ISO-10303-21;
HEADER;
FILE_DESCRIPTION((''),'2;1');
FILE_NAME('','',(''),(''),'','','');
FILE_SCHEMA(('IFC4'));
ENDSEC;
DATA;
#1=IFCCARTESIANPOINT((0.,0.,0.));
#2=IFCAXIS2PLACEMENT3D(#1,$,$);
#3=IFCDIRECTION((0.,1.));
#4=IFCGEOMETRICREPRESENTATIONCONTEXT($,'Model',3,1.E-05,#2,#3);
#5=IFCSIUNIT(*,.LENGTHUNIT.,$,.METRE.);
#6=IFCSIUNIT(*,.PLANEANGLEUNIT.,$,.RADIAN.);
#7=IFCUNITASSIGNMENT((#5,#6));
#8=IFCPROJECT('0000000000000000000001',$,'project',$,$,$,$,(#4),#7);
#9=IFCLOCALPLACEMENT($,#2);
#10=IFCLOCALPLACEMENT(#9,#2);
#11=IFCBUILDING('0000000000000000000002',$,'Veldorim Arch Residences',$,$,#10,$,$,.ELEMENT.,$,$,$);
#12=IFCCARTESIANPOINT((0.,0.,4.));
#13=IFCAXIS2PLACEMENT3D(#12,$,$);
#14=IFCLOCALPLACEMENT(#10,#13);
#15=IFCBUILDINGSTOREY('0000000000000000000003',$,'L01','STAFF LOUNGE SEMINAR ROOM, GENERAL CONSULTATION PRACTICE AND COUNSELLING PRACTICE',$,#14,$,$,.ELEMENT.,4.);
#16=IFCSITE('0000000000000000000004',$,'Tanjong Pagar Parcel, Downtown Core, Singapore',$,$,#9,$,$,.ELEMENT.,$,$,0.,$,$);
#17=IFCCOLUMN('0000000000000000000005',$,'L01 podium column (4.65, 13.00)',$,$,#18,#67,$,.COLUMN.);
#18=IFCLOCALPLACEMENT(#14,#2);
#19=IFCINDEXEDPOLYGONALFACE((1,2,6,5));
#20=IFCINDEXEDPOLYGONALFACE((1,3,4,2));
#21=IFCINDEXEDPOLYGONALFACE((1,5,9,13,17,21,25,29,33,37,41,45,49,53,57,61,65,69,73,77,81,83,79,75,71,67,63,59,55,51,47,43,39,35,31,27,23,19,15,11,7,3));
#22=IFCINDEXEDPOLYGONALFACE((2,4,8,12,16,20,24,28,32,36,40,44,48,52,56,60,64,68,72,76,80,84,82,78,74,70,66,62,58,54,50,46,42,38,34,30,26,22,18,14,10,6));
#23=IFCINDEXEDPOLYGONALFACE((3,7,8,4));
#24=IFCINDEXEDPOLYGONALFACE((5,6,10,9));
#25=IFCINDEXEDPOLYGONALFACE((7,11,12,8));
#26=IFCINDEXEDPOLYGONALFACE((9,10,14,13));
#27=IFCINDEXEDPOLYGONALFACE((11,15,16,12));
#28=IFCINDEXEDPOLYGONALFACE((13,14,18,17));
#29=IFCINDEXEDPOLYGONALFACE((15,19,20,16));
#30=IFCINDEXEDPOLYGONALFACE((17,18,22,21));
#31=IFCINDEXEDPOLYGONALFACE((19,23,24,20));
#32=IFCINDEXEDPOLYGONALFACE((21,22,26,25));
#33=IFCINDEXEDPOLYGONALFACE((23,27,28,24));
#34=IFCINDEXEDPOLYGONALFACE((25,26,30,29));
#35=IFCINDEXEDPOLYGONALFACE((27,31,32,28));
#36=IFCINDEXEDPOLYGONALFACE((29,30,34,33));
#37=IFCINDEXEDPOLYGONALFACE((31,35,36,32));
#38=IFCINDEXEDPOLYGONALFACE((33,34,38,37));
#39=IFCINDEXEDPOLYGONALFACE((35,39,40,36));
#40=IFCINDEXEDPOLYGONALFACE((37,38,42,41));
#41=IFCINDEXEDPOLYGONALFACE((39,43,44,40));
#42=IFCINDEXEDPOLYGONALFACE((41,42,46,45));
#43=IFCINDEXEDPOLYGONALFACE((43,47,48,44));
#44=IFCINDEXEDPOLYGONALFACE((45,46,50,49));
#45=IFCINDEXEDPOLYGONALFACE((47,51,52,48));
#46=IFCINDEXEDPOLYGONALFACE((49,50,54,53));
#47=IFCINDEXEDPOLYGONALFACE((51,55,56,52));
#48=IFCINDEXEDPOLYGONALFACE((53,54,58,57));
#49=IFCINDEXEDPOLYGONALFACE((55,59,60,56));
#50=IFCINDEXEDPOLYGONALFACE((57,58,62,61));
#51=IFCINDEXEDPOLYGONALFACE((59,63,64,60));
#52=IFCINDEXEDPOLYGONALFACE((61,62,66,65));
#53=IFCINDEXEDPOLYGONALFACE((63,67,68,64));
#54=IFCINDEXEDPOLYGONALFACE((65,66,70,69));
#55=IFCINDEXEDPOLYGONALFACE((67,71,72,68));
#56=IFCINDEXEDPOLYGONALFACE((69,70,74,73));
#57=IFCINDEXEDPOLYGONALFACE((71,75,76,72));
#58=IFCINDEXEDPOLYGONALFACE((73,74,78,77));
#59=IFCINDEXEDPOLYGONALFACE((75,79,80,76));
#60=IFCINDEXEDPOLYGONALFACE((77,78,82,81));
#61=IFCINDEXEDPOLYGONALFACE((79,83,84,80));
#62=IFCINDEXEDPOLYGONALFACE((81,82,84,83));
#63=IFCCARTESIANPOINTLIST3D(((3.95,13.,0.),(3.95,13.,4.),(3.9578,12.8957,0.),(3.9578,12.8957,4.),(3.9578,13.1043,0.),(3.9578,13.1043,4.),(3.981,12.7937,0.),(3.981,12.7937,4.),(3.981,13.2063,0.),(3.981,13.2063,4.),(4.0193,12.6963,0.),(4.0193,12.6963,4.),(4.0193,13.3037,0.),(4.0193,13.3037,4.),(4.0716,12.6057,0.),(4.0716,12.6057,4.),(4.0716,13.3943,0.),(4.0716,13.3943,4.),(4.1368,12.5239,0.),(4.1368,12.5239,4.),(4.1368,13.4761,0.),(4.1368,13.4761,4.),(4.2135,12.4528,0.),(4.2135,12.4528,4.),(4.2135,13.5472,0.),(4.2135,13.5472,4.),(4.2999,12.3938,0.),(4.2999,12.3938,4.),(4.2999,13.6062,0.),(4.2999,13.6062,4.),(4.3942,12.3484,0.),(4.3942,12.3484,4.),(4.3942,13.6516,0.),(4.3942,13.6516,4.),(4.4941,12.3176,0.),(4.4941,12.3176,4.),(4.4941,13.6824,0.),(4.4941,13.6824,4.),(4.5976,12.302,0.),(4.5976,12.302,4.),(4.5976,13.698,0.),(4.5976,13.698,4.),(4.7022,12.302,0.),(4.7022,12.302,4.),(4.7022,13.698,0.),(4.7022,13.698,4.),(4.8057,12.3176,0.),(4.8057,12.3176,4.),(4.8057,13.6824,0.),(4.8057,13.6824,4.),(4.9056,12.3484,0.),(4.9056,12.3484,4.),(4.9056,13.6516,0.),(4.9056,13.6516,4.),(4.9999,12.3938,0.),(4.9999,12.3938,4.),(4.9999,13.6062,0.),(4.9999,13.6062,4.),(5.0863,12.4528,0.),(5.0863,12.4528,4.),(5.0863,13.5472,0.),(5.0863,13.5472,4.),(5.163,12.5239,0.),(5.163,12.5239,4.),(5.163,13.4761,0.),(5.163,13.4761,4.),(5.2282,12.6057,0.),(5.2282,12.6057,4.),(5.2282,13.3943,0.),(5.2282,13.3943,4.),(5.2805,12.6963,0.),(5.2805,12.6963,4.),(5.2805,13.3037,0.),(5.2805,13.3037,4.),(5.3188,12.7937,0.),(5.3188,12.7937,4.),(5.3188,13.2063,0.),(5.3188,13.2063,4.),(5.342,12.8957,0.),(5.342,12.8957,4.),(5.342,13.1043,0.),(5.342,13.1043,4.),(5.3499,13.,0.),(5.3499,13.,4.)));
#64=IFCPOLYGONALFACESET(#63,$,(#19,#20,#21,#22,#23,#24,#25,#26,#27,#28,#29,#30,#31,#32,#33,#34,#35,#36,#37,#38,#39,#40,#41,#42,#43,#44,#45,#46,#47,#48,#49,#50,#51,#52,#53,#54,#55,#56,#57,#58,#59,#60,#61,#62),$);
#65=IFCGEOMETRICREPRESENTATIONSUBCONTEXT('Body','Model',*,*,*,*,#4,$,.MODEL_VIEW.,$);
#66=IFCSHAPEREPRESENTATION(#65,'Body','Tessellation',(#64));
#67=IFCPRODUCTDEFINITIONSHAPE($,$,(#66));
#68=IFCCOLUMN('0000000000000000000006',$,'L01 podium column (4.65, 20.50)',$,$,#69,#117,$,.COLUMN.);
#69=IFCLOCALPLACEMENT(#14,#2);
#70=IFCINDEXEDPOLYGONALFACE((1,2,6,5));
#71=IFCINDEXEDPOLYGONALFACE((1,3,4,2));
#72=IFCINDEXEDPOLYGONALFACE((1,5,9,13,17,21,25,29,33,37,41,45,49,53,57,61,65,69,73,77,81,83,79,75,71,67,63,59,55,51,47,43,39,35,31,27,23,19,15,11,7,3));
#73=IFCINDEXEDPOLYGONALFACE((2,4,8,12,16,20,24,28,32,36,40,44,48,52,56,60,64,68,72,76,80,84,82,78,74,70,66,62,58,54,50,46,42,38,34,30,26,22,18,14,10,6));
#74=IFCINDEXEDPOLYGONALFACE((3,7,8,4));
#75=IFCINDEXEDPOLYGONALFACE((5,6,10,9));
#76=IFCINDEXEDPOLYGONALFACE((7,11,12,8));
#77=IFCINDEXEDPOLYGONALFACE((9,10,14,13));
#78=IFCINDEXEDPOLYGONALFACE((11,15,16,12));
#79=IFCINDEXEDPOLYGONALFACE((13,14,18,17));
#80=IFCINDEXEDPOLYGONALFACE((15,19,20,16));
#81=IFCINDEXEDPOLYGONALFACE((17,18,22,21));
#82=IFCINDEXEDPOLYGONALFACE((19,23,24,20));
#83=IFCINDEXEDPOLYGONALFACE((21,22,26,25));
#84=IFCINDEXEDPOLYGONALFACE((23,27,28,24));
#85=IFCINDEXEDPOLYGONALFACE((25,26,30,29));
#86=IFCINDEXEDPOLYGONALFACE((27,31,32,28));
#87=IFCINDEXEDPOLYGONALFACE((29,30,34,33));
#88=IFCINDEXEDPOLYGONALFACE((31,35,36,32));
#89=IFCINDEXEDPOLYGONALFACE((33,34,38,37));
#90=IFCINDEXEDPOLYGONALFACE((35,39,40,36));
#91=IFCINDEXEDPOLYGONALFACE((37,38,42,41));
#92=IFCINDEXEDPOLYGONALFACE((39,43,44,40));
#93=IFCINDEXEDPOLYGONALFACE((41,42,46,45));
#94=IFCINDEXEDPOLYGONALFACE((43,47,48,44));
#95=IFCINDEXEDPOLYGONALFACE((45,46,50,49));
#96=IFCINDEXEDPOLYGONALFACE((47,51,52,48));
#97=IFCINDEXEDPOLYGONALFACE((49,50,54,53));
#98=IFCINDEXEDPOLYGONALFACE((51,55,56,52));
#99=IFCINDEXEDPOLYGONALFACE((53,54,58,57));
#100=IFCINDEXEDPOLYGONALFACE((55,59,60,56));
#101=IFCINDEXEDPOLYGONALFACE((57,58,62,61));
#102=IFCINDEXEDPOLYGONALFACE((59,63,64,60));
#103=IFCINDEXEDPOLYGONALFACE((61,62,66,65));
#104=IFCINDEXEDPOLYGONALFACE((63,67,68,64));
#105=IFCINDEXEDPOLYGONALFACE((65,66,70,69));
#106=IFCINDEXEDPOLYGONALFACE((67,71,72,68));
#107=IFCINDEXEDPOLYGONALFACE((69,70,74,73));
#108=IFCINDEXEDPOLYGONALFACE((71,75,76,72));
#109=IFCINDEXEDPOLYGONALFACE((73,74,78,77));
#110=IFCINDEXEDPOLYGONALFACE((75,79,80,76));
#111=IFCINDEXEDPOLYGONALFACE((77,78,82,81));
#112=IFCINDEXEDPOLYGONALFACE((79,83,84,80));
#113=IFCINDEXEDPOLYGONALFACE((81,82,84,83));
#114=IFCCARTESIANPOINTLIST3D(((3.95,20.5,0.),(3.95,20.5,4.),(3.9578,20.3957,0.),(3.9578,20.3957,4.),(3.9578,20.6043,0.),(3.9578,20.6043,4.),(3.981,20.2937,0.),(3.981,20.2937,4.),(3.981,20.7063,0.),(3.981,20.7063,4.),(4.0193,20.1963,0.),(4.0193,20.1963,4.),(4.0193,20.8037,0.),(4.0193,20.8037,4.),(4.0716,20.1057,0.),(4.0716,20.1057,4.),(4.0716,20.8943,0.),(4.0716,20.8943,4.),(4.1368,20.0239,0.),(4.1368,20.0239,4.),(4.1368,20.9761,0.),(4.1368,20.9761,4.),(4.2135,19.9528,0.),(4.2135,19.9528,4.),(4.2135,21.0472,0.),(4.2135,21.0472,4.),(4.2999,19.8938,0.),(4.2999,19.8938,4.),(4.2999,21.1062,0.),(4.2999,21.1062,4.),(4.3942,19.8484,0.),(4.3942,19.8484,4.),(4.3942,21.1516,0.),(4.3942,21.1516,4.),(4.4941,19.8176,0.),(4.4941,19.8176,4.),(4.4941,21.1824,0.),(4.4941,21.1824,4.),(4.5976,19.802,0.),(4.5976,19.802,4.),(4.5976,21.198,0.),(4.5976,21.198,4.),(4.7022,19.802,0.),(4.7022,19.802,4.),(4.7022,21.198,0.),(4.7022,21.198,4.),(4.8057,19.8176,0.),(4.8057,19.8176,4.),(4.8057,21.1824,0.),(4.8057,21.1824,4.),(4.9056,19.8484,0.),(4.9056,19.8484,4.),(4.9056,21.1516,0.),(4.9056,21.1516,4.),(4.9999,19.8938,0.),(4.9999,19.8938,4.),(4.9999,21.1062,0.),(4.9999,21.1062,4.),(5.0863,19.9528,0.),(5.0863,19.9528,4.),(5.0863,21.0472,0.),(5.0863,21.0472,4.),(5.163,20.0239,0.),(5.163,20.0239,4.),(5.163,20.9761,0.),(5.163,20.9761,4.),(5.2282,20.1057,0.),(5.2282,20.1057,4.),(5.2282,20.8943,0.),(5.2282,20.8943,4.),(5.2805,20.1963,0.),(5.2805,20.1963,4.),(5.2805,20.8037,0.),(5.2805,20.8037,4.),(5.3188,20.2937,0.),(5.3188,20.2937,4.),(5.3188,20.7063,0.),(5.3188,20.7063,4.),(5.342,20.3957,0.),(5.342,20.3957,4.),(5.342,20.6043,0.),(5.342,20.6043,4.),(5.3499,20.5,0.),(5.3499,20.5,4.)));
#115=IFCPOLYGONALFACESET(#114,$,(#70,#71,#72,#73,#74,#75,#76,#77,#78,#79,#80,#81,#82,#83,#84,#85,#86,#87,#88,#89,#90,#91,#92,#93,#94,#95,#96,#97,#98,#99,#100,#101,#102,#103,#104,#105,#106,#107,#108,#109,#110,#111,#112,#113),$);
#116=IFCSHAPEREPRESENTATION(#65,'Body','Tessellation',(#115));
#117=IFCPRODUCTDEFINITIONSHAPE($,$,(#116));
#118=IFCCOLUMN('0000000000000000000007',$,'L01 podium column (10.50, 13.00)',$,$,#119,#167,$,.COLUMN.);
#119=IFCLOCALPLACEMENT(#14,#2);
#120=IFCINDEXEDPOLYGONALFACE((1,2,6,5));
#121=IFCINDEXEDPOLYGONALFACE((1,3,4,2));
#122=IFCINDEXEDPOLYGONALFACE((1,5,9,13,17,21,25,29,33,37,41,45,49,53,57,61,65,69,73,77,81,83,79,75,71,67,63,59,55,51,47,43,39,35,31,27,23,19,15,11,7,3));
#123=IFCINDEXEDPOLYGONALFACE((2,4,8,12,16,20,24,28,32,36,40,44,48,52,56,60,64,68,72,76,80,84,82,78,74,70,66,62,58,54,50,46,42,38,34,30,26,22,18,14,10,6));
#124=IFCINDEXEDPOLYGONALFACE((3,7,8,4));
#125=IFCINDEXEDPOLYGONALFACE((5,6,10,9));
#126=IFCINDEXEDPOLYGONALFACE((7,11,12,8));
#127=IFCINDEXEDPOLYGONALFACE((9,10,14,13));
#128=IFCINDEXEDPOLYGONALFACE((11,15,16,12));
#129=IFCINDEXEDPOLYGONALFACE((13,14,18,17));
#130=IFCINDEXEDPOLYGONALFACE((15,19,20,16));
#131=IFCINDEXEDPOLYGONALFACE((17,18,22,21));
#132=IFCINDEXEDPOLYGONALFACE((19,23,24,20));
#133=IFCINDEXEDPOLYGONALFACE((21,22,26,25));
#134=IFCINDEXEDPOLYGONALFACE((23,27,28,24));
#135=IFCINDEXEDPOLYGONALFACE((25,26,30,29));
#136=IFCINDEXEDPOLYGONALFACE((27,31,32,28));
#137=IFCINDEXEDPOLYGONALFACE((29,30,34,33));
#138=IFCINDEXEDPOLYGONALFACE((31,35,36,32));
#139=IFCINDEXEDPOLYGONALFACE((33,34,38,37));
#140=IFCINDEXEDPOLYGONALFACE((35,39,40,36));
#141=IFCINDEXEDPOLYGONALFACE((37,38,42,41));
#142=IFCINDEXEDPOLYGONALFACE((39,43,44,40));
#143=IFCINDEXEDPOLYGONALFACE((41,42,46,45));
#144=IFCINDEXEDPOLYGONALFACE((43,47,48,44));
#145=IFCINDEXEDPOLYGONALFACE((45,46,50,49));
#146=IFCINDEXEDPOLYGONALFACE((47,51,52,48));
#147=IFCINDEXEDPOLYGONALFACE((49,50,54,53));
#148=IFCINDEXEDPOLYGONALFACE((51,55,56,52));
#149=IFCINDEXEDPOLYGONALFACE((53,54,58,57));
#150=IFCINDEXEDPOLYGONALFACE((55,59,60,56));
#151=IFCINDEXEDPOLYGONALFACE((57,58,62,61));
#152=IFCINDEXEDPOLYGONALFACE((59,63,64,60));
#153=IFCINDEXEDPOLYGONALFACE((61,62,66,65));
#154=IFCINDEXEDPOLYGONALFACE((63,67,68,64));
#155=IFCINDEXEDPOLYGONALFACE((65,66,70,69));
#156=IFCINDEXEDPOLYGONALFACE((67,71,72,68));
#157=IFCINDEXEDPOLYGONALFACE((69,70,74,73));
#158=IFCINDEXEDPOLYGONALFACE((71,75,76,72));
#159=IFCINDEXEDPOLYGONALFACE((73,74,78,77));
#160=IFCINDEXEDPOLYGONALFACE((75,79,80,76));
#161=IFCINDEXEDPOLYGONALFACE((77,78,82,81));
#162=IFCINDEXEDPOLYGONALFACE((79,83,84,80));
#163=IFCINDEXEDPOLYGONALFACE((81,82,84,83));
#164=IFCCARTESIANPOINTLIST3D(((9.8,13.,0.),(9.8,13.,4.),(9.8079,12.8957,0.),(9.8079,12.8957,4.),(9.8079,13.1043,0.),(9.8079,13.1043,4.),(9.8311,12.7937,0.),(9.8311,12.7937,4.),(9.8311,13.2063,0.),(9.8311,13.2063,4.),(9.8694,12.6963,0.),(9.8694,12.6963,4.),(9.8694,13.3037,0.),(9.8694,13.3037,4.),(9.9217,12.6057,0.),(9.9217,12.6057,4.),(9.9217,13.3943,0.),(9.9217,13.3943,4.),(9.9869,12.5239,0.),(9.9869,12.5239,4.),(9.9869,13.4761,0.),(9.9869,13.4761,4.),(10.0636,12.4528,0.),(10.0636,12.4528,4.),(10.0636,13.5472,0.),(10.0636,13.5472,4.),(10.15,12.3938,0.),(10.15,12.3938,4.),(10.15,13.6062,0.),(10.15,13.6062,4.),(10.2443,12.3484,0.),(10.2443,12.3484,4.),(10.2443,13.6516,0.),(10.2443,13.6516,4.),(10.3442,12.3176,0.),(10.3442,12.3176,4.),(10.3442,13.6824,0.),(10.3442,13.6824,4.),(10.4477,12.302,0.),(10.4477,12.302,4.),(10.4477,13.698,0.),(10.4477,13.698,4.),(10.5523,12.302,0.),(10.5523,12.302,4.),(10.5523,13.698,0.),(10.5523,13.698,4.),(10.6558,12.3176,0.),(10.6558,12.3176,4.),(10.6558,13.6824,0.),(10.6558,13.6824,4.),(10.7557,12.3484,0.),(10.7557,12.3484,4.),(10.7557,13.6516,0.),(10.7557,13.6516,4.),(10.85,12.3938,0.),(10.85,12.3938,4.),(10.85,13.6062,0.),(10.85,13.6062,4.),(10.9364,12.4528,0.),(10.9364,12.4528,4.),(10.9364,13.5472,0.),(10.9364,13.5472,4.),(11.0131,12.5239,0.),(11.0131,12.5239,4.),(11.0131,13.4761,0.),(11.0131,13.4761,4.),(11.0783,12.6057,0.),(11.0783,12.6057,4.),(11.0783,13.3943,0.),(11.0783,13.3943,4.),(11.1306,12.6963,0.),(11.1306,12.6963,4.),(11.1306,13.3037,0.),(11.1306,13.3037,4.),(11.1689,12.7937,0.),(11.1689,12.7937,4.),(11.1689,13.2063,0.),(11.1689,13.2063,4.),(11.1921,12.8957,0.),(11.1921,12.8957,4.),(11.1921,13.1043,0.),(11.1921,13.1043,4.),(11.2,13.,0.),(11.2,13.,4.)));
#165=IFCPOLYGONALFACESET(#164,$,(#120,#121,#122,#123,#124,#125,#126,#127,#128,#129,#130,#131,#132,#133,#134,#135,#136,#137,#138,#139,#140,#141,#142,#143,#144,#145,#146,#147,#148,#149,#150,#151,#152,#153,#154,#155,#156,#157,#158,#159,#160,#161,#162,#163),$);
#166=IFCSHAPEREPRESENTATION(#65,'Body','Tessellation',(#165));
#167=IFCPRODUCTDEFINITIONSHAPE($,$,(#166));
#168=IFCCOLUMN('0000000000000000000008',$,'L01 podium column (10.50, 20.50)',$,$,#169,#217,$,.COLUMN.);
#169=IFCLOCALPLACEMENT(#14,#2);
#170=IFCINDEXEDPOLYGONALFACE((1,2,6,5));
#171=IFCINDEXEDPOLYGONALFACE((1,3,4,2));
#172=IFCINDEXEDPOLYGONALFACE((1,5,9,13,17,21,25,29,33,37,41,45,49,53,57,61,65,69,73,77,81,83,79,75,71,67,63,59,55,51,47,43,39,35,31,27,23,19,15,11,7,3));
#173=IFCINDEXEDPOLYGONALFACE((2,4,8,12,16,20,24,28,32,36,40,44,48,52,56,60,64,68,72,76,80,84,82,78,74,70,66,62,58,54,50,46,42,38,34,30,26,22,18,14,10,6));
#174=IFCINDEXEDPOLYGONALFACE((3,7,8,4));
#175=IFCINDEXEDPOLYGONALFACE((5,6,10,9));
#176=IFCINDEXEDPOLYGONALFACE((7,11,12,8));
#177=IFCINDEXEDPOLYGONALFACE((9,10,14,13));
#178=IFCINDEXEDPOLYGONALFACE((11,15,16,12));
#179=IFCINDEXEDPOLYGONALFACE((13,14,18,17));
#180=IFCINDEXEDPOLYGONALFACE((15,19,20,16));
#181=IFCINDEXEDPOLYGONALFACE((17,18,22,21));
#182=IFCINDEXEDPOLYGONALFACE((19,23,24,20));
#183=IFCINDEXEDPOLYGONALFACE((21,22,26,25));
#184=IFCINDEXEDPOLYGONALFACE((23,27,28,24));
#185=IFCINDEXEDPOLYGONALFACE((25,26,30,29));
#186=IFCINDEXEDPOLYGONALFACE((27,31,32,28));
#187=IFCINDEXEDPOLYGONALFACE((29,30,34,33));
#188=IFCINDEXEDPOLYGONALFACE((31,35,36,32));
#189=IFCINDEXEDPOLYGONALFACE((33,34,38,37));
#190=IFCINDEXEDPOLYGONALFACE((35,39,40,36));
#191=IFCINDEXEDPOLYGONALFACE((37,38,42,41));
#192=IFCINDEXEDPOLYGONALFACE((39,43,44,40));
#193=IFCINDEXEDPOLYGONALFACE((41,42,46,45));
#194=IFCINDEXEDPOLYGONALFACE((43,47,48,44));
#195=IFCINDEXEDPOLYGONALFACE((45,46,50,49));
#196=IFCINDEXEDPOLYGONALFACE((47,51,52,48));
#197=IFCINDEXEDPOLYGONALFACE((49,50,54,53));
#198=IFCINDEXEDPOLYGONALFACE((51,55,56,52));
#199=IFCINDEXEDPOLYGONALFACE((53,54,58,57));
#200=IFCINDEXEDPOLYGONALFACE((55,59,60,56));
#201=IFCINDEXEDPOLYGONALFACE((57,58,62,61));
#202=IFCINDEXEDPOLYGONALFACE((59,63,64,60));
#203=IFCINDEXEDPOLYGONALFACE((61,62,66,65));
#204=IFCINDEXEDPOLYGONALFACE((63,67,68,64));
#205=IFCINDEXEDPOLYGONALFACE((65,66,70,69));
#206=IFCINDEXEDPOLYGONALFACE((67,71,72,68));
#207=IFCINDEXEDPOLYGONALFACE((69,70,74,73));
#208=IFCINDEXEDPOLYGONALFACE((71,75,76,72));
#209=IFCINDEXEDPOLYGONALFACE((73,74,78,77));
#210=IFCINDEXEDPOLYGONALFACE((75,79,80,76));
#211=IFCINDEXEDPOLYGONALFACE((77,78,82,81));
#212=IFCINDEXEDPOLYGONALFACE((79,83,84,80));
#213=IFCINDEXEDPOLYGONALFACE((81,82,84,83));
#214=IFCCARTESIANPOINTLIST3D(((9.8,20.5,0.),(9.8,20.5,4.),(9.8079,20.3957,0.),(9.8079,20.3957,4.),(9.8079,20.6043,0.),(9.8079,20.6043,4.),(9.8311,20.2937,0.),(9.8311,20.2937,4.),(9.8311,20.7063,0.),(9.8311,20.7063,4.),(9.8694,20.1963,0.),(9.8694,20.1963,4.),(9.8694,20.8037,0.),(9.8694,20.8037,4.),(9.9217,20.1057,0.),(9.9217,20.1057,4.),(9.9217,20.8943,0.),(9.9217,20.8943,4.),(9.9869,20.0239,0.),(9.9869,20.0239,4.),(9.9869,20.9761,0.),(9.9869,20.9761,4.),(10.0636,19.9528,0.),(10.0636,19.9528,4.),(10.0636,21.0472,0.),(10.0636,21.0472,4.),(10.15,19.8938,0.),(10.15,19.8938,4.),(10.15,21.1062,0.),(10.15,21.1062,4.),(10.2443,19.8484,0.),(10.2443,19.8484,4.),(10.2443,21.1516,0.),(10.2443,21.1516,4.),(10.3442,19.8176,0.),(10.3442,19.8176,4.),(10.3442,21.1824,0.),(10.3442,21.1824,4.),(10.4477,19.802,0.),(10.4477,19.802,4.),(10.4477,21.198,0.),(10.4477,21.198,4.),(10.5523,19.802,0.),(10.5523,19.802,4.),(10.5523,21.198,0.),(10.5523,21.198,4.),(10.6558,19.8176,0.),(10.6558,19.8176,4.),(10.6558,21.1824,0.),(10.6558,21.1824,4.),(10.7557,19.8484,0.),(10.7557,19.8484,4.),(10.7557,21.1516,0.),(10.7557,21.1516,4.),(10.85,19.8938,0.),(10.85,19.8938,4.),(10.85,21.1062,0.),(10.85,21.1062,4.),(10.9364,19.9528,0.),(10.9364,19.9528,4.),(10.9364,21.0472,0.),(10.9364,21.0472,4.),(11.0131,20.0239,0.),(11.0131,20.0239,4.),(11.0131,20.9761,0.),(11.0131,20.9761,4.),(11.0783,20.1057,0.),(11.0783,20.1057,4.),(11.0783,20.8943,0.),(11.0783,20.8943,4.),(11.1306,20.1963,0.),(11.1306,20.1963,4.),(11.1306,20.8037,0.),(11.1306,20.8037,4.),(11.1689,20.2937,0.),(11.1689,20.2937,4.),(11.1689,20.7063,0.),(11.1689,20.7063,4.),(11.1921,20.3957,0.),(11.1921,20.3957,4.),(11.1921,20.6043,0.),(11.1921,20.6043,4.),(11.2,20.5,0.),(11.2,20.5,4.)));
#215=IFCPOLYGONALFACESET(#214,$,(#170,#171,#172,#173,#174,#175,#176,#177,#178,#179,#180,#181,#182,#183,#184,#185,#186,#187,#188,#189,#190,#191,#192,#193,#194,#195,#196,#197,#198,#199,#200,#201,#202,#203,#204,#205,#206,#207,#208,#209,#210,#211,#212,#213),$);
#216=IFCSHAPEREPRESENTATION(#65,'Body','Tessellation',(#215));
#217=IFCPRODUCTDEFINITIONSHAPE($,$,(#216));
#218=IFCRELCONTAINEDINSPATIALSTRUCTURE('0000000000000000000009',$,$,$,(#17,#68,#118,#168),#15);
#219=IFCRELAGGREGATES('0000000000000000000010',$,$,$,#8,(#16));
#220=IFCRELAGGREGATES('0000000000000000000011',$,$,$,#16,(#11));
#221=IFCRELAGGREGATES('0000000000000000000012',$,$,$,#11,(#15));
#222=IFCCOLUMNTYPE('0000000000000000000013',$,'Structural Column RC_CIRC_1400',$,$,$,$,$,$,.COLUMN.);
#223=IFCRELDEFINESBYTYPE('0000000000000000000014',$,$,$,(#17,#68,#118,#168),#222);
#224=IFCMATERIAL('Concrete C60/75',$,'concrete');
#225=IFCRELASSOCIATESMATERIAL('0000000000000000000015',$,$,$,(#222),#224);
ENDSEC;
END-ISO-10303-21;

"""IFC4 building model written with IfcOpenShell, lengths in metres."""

from ifc_helpers import new_model, si_unit, direction, frame, origin, origin_2d, place, context, subcontext, project, spatial, circle, extrude, material, material_profile, profile_set, type_object, element, save


model = new_model("IFC4")

# Units and contexts
model_context = context("Model", 3, precision=1e-05, world=origin(), true_north=direction((0.0, 1.0)))
body_context = subcontext(model_context, "Body", "Model", "MODEL_VIEW")
ifc_project = project(units=[si_unit("LENGTHUNIT", "METRE"), si_unit("PLANEANGLEUNIT", "RADIAN")], contexts=[model_context])

# Site, building, storey
site_placement = place(None, origin())
site = spatial("IfcSite", under=ifc_project, at=site_placement, Name="Tanjong Pagar Parcel, Downtown Core, Singapore", CompositionType="ELEMENT", RefElevation=0.0)
building_placement = place(site_placement, origin())
building = spatial("IfcBuilding", under=site, at=building_placement, Name="Veldorim Arch Residences", CompositionType="ELEMENT")
storey_placement = place(building_placement, frame((0.0, 0.0, 4.0)))
storey = spatial("IfcBuildingStorey", under=building, at=storey_placement, Name="L01", Description="STAFF LOUNGE SEMINAR ROOM, GENERAL CONSULTATION PRACTICE AND COUNSELLING PRACTICE", CompositionType="ELEMENT", Elevation=4.0)

# Columns
ifc_material_1 = material(Name="Concrete C60/75", Category="concrete")
ifc_material_profile_1 = material_profile(ifc_material_1, circle(Radius=0.7, at=origin_2d()), Name="RC_CIRC_1400")
ifc_profile_set_1 = profile_set([ifc_material_profile_1], Name="Concrete C60/75")
column_type_1 = type_object("IfcColumnType", Name="Structural Column RC_CIRC_1400", PredefinedType="COLUMN", material=ifc_profile_set_1)
for number, where, z_axis, x_axis, name in (
    (1, (4.6499, 13.0, 0.0), (0.0, 0.0, 1.0), (1.0, 0.0, 0.0), "L01 podium column (4.65, 13.00)"),
    (2, (4.6499, 20.5, 0.0), (0.0, 0.0, 1.0), (1.0, 0.0, 0.0), "L01 podium column (4.65, 20.50)"),
    (3, (10.5, 13.0, 0.0), (0.0, 0.0, 1.0), (1.0, 0.0, 0.0), "L01 podium column (10.50, 13.00)"),
    (4, (10.5, 20.5, 0.0), (0.0, 0.0, 1.0), (1.0, 0.0, 0.0), "L01 podium column (10.50, 20.50)"),
):
    element("IfcColumn", number, at=place(storey_placement, frame(where, z_axis=z_axis, x_axis=x_axis)), inside=storey, type_object=column_type_1, Name=name, PredefinedType="COLUMN", context=body_context, shape_type="SweptSolid", body=[
        extrude(circle(Radius=0.7, at=origin_2d()), origin(), (0.0, 0.0, 1.0), 4.0),
    ])

save(model, "model.ifc")
